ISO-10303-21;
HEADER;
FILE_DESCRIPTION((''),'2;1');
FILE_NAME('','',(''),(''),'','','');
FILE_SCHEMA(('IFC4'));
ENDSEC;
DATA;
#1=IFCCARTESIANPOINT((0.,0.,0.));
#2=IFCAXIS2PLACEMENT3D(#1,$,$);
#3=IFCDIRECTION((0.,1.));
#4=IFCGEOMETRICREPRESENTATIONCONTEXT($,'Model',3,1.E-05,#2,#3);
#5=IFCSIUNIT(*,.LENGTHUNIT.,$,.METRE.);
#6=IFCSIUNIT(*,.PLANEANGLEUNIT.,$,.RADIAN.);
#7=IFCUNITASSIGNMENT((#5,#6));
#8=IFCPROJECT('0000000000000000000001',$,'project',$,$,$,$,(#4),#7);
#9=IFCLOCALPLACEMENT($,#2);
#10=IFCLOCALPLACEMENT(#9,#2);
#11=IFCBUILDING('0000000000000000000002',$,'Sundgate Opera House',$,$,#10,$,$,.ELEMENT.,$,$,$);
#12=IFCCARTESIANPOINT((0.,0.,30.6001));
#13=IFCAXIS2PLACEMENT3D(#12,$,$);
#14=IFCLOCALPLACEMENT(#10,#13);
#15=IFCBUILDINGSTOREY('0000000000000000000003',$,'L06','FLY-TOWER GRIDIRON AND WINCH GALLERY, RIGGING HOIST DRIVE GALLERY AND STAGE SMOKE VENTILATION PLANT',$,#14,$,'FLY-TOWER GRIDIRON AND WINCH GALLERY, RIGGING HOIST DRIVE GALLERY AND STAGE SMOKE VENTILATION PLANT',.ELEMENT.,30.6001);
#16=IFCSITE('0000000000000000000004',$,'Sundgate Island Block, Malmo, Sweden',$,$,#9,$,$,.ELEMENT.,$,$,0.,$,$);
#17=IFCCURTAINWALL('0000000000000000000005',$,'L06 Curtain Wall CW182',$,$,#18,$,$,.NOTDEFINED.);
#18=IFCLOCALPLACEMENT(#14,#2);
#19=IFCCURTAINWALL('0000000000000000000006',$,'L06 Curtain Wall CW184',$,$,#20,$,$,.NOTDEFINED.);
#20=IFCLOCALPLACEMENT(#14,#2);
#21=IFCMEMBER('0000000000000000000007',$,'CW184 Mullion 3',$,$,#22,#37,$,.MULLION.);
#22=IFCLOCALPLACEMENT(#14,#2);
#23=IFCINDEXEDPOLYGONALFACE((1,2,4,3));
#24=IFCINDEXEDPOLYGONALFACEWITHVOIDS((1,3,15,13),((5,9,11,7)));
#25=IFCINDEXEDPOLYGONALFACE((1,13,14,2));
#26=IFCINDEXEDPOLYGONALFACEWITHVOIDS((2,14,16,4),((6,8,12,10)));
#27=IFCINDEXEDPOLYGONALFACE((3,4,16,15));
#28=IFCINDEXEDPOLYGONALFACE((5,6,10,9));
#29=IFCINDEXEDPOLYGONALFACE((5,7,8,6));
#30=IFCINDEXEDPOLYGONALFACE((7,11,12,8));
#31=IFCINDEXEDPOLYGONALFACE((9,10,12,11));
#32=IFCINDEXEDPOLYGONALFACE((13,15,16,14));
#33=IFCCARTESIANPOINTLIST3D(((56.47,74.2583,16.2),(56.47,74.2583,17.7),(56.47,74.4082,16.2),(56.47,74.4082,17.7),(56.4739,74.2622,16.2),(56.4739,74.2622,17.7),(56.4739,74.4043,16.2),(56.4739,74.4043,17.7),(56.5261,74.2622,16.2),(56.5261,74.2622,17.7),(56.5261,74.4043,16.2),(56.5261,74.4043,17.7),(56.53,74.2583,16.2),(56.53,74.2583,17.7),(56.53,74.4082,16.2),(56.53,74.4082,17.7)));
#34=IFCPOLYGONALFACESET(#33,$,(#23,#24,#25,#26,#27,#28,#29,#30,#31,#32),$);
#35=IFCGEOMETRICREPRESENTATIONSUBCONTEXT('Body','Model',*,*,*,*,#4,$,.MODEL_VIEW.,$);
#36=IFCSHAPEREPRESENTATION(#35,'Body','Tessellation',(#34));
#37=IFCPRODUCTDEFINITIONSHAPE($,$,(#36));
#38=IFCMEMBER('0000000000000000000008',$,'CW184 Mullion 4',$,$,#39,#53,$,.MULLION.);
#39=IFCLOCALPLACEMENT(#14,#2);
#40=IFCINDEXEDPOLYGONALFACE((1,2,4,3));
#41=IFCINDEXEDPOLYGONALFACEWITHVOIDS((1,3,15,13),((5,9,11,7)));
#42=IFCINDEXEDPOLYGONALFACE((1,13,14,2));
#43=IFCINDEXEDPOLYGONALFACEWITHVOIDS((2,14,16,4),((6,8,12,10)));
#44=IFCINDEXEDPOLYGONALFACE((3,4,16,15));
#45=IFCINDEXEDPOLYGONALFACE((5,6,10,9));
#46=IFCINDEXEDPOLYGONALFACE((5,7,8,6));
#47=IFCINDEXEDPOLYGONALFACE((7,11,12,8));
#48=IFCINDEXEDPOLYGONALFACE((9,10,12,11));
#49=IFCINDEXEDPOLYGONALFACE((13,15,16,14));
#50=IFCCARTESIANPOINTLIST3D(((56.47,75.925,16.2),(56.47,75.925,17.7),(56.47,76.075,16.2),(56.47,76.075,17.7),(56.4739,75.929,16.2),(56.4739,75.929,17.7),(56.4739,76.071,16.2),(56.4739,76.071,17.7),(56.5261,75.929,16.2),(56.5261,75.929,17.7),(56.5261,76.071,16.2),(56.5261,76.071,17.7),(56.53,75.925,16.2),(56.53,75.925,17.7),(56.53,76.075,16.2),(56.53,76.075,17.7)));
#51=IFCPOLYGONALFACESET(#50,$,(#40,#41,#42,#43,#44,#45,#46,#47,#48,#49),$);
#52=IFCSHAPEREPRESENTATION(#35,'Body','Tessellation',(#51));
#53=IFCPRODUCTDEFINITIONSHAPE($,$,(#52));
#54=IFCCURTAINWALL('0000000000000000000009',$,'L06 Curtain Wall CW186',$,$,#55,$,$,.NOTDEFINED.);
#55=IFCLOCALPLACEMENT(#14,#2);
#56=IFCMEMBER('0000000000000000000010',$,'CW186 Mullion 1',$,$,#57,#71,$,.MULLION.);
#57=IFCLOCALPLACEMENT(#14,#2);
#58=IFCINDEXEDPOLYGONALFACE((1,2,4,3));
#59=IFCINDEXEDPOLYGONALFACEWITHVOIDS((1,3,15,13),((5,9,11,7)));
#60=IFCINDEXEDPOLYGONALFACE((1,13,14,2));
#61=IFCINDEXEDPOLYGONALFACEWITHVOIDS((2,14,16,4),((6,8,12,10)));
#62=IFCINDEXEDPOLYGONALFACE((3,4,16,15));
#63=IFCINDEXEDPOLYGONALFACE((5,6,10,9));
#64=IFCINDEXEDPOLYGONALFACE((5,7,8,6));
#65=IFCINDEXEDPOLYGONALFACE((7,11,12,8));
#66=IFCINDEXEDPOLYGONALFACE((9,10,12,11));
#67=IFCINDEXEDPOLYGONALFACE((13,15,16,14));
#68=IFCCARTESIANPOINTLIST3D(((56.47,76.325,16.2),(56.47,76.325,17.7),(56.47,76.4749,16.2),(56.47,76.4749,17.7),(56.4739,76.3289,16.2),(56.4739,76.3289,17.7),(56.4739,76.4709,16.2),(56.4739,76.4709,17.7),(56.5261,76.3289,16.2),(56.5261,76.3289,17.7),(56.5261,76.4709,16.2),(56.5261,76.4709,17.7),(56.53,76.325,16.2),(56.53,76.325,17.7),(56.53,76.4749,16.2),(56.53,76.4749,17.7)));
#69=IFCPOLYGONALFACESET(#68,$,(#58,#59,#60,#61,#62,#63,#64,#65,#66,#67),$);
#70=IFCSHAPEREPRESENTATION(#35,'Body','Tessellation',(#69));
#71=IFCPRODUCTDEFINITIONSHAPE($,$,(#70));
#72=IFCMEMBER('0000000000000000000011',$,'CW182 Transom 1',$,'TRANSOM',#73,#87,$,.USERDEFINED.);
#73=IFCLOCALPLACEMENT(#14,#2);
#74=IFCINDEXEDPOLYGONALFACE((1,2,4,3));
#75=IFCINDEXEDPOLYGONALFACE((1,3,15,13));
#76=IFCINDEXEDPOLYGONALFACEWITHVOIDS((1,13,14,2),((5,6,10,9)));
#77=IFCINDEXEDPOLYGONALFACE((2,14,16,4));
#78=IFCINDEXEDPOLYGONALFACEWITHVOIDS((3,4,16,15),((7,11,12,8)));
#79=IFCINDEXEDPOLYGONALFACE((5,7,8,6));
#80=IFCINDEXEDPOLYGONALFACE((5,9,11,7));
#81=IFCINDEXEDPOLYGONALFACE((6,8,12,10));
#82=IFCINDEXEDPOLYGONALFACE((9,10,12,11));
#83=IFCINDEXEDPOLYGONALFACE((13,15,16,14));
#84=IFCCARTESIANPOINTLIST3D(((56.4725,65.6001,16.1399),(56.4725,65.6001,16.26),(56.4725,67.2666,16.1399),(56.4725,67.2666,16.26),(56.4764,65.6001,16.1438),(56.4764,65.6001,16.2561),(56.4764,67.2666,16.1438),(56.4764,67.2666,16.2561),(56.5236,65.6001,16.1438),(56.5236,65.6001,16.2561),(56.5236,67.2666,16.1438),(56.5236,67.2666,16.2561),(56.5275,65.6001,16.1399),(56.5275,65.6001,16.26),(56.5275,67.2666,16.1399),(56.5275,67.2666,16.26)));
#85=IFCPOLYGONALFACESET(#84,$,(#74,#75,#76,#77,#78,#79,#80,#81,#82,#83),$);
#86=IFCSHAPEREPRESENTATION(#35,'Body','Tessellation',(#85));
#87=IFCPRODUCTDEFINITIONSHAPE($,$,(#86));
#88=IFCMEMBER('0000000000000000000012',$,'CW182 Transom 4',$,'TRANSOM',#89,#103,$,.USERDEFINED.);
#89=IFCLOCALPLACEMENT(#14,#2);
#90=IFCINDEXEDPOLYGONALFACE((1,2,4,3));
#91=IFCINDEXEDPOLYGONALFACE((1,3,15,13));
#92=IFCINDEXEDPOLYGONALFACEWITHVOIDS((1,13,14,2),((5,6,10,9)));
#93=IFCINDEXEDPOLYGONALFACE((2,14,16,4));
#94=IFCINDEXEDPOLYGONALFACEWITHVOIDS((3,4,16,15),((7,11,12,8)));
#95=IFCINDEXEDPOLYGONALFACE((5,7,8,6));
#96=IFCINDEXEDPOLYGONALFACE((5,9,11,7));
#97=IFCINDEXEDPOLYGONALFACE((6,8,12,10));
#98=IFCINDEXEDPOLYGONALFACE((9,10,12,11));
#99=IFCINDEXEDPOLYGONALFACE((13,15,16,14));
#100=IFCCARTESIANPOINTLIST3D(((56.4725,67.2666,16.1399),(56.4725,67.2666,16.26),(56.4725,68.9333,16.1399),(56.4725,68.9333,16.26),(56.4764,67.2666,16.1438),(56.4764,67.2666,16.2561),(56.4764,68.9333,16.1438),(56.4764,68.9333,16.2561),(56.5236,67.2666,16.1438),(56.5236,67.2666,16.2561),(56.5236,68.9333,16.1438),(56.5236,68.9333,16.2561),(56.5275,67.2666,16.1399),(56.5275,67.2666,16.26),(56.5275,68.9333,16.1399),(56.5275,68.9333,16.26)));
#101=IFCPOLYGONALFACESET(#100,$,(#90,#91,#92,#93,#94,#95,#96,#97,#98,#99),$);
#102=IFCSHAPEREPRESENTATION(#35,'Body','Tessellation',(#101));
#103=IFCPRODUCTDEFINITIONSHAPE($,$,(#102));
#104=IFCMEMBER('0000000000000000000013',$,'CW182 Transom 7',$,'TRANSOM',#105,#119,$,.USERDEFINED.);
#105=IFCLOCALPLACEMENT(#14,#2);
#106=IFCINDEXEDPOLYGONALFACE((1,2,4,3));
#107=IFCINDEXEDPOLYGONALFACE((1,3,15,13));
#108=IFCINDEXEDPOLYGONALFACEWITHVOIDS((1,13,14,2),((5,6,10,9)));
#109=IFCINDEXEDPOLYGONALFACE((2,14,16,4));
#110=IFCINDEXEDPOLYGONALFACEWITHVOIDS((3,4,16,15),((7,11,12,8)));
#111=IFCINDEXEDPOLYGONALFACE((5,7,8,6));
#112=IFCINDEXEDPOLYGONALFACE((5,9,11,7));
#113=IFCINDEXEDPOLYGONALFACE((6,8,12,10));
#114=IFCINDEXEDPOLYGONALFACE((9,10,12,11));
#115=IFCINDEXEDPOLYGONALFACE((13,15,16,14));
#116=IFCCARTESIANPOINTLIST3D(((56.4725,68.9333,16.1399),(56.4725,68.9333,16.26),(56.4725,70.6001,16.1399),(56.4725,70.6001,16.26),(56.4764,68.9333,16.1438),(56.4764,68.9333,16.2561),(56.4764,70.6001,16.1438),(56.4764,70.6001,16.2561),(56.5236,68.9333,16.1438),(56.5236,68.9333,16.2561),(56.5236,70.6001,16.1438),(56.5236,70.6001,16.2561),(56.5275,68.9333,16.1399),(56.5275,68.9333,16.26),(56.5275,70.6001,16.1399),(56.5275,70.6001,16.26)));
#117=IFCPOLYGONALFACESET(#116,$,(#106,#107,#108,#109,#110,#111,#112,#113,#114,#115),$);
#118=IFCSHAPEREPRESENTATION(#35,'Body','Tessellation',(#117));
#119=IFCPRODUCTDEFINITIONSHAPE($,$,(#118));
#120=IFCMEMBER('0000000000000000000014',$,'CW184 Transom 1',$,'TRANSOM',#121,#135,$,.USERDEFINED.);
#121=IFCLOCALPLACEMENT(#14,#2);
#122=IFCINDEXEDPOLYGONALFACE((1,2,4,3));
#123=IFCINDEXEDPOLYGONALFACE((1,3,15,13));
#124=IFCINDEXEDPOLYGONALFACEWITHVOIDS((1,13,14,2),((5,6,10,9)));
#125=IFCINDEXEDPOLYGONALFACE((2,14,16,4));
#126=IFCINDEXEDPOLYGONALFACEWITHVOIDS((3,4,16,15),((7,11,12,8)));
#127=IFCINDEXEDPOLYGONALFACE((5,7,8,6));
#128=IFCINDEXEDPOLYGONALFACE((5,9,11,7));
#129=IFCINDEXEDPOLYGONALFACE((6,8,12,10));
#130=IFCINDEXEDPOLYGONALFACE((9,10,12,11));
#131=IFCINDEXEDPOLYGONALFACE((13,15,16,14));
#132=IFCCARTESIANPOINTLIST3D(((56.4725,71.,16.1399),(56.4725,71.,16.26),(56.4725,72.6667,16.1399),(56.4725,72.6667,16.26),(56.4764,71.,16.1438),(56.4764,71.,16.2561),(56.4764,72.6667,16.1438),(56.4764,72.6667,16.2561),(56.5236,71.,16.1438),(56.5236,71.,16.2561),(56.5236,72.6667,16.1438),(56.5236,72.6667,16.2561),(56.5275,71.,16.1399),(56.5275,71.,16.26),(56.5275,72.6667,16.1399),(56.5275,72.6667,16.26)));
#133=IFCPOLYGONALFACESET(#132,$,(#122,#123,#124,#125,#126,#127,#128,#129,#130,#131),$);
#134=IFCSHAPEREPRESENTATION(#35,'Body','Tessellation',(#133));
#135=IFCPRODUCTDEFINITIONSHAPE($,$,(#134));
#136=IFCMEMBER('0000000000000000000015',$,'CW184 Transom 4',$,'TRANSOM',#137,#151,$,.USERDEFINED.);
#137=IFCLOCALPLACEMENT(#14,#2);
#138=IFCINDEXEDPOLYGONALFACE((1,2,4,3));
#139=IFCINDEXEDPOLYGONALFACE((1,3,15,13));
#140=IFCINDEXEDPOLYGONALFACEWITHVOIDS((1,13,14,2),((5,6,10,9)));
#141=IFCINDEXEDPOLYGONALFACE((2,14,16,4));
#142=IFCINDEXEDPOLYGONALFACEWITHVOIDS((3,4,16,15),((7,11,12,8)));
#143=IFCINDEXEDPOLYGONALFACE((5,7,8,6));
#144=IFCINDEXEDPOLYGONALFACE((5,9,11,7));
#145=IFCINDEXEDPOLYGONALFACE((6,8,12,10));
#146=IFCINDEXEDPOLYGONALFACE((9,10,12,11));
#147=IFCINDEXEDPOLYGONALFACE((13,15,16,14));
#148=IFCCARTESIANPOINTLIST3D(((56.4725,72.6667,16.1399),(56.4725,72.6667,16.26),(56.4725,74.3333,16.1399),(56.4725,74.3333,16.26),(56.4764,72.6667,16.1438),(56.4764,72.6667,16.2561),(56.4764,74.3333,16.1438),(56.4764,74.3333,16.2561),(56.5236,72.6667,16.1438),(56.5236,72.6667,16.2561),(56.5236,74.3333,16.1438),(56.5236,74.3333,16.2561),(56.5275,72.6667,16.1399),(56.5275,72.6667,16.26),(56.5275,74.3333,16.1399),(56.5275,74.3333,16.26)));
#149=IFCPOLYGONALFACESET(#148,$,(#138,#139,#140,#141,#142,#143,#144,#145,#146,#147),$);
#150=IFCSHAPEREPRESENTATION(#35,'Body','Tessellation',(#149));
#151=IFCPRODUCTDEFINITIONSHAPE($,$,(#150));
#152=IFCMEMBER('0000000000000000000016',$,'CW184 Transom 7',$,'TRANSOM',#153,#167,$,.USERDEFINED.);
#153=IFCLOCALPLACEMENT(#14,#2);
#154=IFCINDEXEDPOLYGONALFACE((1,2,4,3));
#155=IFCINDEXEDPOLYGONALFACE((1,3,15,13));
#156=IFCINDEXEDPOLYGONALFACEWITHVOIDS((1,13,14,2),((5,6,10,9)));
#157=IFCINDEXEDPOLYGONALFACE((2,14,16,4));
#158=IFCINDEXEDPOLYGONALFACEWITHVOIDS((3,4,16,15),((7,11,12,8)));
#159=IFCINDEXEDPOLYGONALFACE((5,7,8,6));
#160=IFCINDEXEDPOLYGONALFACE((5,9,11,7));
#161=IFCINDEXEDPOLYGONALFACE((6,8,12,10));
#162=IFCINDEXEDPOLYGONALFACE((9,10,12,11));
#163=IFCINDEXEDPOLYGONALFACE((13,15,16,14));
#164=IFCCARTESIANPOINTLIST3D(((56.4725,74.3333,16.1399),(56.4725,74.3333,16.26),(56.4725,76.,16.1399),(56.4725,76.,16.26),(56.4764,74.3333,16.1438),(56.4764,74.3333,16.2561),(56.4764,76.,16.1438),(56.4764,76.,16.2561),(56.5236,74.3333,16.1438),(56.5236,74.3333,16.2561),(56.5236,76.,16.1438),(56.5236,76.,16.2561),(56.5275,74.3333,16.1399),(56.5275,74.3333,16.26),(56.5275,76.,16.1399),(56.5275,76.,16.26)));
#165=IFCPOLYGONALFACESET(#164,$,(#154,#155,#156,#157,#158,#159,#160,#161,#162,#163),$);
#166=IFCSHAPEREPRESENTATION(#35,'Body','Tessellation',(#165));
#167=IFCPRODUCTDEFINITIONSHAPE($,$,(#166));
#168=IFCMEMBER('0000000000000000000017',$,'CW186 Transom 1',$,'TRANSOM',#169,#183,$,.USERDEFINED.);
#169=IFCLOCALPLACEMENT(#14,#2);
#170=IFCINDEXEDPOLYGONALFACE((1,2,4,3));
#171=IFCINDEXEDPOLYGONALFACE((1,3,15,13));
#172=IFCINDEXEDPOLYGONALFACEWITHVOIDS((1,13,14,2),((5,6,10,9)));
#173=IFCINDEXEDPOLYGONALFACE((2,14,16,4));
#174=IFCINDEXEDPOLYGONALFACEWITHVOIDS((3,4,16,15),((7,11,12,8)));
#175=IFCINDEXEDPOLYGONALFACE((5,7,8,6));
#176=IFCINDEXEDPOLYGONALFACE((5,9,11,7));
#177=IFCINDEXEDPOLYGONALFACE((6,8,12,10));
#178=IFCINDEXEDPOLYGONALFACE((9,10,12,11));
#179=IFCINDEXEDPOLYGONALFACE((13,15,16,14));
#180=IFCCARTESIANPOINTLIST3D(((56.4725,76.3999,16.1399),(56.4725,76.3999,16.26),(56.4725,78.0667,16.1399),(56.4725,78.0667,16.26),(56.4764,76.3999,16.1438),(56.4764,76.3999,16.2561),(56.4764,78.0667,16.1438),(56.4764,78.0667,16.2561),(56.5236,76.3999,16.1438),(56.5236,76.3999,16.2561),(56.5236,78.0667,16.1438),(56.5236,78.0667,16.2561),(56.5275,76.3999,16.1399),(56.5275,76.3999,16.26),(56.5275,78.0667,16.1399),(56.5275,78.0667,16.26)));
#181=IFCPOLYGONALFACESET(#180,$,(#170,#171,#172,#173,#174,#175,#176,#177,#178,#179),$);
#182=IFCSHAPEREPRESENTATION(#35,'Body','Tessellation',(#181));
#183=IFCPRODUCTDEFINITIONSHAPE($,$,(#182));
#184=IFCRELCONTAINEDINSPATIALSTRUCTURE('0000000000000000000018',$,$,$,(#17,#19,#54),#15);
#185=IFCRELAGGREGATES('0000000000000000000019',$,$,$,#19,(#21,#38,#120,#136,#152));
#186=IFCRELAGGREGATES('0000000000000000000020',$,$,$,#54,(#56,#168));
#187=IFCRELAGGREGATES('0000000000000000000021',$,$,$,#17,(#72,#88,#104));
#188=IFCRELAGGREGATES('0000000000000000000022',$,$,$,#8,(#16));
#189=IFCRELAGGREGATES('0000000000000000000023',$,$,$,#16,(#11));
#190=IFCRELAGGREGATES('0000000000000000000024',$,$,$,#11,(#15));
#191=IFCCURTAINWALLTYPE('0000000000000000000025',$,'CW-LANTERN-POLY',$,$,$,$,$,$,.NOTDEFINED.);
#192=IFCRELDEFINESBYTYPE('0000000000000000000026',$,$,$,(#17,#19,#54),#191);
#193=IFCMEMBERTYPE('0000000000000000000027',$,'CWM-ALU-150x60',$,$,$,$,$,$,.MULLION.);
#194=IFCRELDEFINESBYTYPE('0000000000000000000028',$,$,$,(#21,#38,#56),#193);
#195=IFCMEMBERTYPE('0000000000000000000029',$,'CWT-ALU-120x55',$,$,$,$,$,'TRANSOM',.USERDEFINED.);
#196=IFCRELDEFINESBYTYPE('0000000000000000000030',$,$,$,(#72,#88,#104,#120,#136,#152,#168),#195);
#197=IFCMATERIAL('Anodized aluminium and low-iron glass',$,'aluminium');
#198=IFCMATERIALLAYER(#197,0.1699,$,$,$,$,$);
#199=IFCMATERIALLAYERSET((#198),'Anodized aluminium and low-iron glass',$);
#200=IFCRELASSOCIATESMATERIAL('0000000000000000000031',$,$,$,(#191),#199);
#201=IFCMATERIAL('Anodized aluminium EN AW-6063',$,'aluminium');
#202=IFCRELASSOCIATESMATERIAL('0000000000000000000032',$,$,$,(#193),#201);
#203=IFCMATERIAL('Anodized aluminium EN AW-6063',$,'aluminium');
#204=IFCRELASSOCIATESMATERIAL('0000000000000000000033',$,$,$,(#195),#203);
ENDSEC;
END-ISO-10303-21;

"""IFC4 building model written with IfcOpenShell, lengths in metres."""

from ifc_helpers import new_model, si_unit, direction, frame, origin, origin_2d, place, context, subcontext, project, spatial, hollow_rectangle, extrude, material, layer, layer_set, material_profile, profile_set, type_object, element, aggregate, save


model = new_model("IFC4")

# Units and contexts
model_context = context("Model", 3, precision=1e-05, world=origin(), true_north=direction((0.0, 1.0)))
body_context = subcontext(model_context, "Body", "Model", "MODEL_VIEW")
ifc_project = project(units=[si_unit("LENGTHUNIT", "METRE"), si_unit("PLANEANGLEUNIT", "RADIAN")], contexts=[model_context])

# Site, building, storey
site_placement = place(None, origin())
site = spatial("IfcSite", under=ifc_project, at=site_placement, Name="Sundgate Island Block, Malmo, Sweden", CompositionType="ELEMENT", RefElevation=0.0)
building_placement = place(site_placement, origin())
building = spatial("IfcBuilding", under=site, at=building_placement, Name="Sundgate Opera House", CompositionType="ELEMENT")
storey_placement = place(building_placement, frame((0.0, 0.0, 30.6001)))
storey = spatial("IfcBuildingStorey", under=building, at=storey_placement, Name="L06", Description="FLY-TOWER GRIDIRON AND WINCH GALLERY, RIGGING HOIST DRIVE GALLERY AND STAGE SMOKE VENTILATION PLANT", LongName="FLY-TOWER GRIDIRON AND WINCH GALLERY, RIGGING HOIST DRIVE GALLERY AND STAGE SMOKE VENTILATION PLANT", CompositionType="ELEMENT", Elevation=30.6001)

# Shared definitions
ifc_material_1 = material(Name="Anodized aluminium and low-iron glass", Category="aluminium")
ifc_layer_1 = layer(ifc_material_1, 0.1699)
ifc_layer_set_1 = layer_set([ifc_layer_1], Name="Anodized aluminium and low-iron glass")
curtain_wall_type = type_object("IfcCurtainWallType", Name="CW-LANTERN-POLY", PredefinedType="NOTDEFINED", material=ifc_layer_set_1)
ifc_material_2 = material(Name="Anodized aluminium EN AW-6063", Category="aluminium")
ifc_material_profile_1 = material_profile(ifc_material_2, hollow_rectangle(XDim=0.0601, YDim=0.1499, WallThickness=0.0039, at=origin_2d()), Name="CWM 150x60x4")
ifc_profile_set_1 = profile_set([ifc_material_profile_1], Name="Anodized aluminium EN AW-6063")
member_type_1 = type_object("IfcMemberType", Name="CWM-ALU-150x60", PredefinedType="MULLION", material=ifc_profile_set_1)

# Curtain walls, members
curtain_wall_1_placement = place(storey_placement, origin())
curtain_wall_1 = element("IfcCurtainWall", 1, at=curtain_wall_1_placement, inside=storey, type_object=curtain_wall_type, Name="L06 Curtain Wall CW182", PredefinedType="NOTDEFINED")
curtain_wall_2_placement = place(storey_placement, origin())
curtain_wall_2 = element("IfcCurtainWall", 2, at=curtain_wall_2_placement, inside=storey, type_object=curtain_wall_type, Name="L06 Curtain Wall CW184", PredefinedType="NOTDEFINED")
member_1_placement = place(storey_placement, frame((56.5, 74.3333, 16.2), z_axis=(0.0, 0.0, 1.0), x_axis=(1.0, 0.0, 0.0)))
member_1 = element("IfcMember", 3, at=member_1_placement, type_object=member_type_1, Name="CW184 Mullion 3", PredefinedType="MULLION", context=body_context, shape_type="SweptSolid", body=[
    extrude(hollow_rectangle(XDim=0.0601, YDim=0.1499, WallThickness=0.0039, at=origin_2d()), origin(), (0.0, 0.0, 1.0), 1.5),
])
member_2_placement = place(storey_placement, frame((56.5, 76.0, 16.2), z_axis=(0.0, 0.0, 1.0), x_axis=(1.0, 0.0, 0.0)))
member_2 = element("IfcMember", 4, at=member_2_placement, type_object=member_type_1, Name="CW184 Mullion 4", PredefinedType="MULLION", context=body_context, shape_type="SweptSolid", body=[
    extrude(hollow_rectangle(XDim=0.0601, YDim=0.1499, WallThickness=0.0039, at=origin_2d()), origin(), (0.0, 0.0, 1.0), 1.5),
])

# Curtain wall, member
curtain_wall_3_placement = place(storey_placement, origin())
curtain_wall_3 = element("IfcCurtainWall", 5, at=curtain_wall_3_placement, inside=storey, type_object=curtain_wall_type, Name="L06 Curtain Wall CW186", PredefinedType="NOTDEFINED")
member_3_placement = place(storey_placement, frame((56.5, 76.3999, 16.2), z_axis=(0.0, 0.0, 1.0), x_axis=(1.0, 0.0, 0.0)))
member_3 = element("IfcMember", 6, at=member_3_placement, type_object=member_type_1, Name="CW186 Mullion 1", PredefinedType="MULLION", context=body_context, shape_type="SweptSolid", body=[
    extrude(hollow_rectangle(XDim=0.0601, YDim=0.1499, WallThickness=0.0039, at=origin_2d()), origin(), (0.0, 0.0, 1.0), 1.5),
])

# Members
ifc_material_3 = material(Name="Anodized aluminium EN AW-6063", Category="aluminium")
ifc_material_profile_2 = material_profile(ifc_material_3, hollow_rectangle(XDim=0.0549, YDim=0.1201, WallThickness=0.0039, at=origin_2d()), Name="CWT 120x55x4")
ifc_profile_set_2 = profile_set([ifc_material_profile_2], Name="Anodized aluminium EN AW-6063")
member_type_2 = type_object("IfcMemberType", Name="CWT-ALU-120x55", ElementType="TRANSOM", PredefinedType="USERDEFINED", material=ifc_profile_set_2)
member_4_placement = place(storey_placement, frame((56.5, 65.6001, 16.2), z_axis=(0.0, 1.0, 0.0), x_axis=(-1.0, 0.0, 0.0)))
member_4 = element("IfcMember", 7, at=member_4_placement, type_object=member_type_2, Name="CW182 Transom 1", ObjectType="TRANSOM", PredefinedType="USERDEFINED", context=body_context, shape_type="SweptSolid", body=[
    extrude(hollow_rectangle(XDim=0.0549, YDim=0.1201, WallThickness=0.0039, at=origin_2d()), origin(), (0.0, 0.0, 1.0), 1.6665),
])
member_5_placement = place(storey_placement, frame((56.5, 67.2666, 16.2), z_axis=(0.0, 1.0, 0.0), x_axis=(-1.0, 0.0, 0.0)))
member_5 = element("IfcMember", 8, at=member_5_placement, type_object=member_type_2, Name="CW182 Transom 4", ObjectType="TRANSOM", PredefinedType="USERDEFINED", context=body_context, shape_type="SweptSolid", body=[
    extrude(hollow_rectangle(XDim=0.0549, YDim=0.1201, WallThickness=0.0039, at=origin_2d()), origin(), (0.0, 0.0, 1.0), 1.6667),
])
member_6_placement = place(storey_placement, frame((56.5, 68.9333, 16.2), z_axis=(0.0, 1.0, 0.0), x_axis=(-1.0, 0.0, 0.0)))
member_6 = element("IfcMember", 9, at=member_6_placement, type_object=member_type_2, Name="CW182 Transom 7", ObjectType="TRANSOM", PredefinedType="USERDEFINED", context=body_context, shape_type="SweptSolid", body=[
    extrude(hollow_rectangle(XDim=0.0549, YDim=0.1201, WallThickness=0.0039, at=origin_2d()), origin(), (0.0, 0.0, 1.0), 1.6667),
])
member_7_placement = place(storey_placement, frame((56.5, 71.0, 16.2), z_axis=(0.0, 1.0, 0.0), x_axis=(-1.0, 0.0, 0.0)))
member_7 = element("IfcMember", 10, at=member_7_placement, type_object=member_type_2, Name="CW184 Transom 1", ObjectType="TRANSOM", PredefinedType="USERDEFINED", context=body_context, shape_type="SweptSolid", body=[
    extrude(hollow_rectangle(XDim=0.0549, YDim=0.1201, WallThickness=0.0039, at=origin_2d()), origin(), (0.0, 0.0, 1.0), 1.6667),
])
member_8_placement = place(storey_placement, frame((56.5, 72.6667, 16.2), z_axis=(0.0, 1.0, 0.0), x_axis=(-1.0, 0.0, 0.0)))
member_8 = element("IfcMember", 11, at=member_8_placement, type_object=member_type_2, Name="CW184 Transom 4", ObjectType="TRANSOM", PredefinedType="USERDEFINED", context=body_context, shape_type="SweptSolid", body=[
    extrude(hollow_rectangle(XDim=0.0549, YDim=0.1201, WallThickness=0.0039, at=origin_2d()), origin(), (0.0, 0.0, 1.0), 1.6665),
])
member_9_placement = place(storey_placement, frame((56.5, 74.3333, 16.2), z_axis=(0.0, 1.0, 0.0), x_axis=(-1.0, 0.0, 0.0)))
member_9 = element("IfcMember", 12, at=member_9_placement, type_object=member_type_2, Name="CW184 Transom 7", ObjectType="TRANSOM", PredefinedType="USERDEFINED", context=body_context, shape_type="SweptSolid", body=[
    extrude(hollow_rectangle(XDim=0.0549, YDim=0.1201, WallThickness=0.0039, at=origin_2d()), origin(), (0.0, 0.0, 1.0), 1.6667),
])
aggregate(curtain_wall_2, [member_1, member_2, member_7, member_8, member_9])
member_10_placement = place(storey_placement, frame((56.5, 76.3999, 16.2), z_axis=(0.0, 1.0, 0.0), x_axis=(-1.0, 0.0, 0.0)))
member_10 = element("IfcMember", 13, at=member_10_placement, type_object=member_type_2, Name="CW186 Transom 1", ObjectType="TRANSOM", PredefinedType="USERDEFINED", context=body_context, shape_type="SweptSolid", body=[
    extrude(hollow_rectangle(XDim=0.0549, YDim=0.1201, WallThickness=0.0039, at=origin_2d()), origin(), (0.0, 0.0, 1.0), 1.6667),
])
aggregate(curtain_wall_3, [member_3, member_10])

aggregate(curtain_wall_1, [member_4, member_5, member_6])

save(model, "model.ifc")
